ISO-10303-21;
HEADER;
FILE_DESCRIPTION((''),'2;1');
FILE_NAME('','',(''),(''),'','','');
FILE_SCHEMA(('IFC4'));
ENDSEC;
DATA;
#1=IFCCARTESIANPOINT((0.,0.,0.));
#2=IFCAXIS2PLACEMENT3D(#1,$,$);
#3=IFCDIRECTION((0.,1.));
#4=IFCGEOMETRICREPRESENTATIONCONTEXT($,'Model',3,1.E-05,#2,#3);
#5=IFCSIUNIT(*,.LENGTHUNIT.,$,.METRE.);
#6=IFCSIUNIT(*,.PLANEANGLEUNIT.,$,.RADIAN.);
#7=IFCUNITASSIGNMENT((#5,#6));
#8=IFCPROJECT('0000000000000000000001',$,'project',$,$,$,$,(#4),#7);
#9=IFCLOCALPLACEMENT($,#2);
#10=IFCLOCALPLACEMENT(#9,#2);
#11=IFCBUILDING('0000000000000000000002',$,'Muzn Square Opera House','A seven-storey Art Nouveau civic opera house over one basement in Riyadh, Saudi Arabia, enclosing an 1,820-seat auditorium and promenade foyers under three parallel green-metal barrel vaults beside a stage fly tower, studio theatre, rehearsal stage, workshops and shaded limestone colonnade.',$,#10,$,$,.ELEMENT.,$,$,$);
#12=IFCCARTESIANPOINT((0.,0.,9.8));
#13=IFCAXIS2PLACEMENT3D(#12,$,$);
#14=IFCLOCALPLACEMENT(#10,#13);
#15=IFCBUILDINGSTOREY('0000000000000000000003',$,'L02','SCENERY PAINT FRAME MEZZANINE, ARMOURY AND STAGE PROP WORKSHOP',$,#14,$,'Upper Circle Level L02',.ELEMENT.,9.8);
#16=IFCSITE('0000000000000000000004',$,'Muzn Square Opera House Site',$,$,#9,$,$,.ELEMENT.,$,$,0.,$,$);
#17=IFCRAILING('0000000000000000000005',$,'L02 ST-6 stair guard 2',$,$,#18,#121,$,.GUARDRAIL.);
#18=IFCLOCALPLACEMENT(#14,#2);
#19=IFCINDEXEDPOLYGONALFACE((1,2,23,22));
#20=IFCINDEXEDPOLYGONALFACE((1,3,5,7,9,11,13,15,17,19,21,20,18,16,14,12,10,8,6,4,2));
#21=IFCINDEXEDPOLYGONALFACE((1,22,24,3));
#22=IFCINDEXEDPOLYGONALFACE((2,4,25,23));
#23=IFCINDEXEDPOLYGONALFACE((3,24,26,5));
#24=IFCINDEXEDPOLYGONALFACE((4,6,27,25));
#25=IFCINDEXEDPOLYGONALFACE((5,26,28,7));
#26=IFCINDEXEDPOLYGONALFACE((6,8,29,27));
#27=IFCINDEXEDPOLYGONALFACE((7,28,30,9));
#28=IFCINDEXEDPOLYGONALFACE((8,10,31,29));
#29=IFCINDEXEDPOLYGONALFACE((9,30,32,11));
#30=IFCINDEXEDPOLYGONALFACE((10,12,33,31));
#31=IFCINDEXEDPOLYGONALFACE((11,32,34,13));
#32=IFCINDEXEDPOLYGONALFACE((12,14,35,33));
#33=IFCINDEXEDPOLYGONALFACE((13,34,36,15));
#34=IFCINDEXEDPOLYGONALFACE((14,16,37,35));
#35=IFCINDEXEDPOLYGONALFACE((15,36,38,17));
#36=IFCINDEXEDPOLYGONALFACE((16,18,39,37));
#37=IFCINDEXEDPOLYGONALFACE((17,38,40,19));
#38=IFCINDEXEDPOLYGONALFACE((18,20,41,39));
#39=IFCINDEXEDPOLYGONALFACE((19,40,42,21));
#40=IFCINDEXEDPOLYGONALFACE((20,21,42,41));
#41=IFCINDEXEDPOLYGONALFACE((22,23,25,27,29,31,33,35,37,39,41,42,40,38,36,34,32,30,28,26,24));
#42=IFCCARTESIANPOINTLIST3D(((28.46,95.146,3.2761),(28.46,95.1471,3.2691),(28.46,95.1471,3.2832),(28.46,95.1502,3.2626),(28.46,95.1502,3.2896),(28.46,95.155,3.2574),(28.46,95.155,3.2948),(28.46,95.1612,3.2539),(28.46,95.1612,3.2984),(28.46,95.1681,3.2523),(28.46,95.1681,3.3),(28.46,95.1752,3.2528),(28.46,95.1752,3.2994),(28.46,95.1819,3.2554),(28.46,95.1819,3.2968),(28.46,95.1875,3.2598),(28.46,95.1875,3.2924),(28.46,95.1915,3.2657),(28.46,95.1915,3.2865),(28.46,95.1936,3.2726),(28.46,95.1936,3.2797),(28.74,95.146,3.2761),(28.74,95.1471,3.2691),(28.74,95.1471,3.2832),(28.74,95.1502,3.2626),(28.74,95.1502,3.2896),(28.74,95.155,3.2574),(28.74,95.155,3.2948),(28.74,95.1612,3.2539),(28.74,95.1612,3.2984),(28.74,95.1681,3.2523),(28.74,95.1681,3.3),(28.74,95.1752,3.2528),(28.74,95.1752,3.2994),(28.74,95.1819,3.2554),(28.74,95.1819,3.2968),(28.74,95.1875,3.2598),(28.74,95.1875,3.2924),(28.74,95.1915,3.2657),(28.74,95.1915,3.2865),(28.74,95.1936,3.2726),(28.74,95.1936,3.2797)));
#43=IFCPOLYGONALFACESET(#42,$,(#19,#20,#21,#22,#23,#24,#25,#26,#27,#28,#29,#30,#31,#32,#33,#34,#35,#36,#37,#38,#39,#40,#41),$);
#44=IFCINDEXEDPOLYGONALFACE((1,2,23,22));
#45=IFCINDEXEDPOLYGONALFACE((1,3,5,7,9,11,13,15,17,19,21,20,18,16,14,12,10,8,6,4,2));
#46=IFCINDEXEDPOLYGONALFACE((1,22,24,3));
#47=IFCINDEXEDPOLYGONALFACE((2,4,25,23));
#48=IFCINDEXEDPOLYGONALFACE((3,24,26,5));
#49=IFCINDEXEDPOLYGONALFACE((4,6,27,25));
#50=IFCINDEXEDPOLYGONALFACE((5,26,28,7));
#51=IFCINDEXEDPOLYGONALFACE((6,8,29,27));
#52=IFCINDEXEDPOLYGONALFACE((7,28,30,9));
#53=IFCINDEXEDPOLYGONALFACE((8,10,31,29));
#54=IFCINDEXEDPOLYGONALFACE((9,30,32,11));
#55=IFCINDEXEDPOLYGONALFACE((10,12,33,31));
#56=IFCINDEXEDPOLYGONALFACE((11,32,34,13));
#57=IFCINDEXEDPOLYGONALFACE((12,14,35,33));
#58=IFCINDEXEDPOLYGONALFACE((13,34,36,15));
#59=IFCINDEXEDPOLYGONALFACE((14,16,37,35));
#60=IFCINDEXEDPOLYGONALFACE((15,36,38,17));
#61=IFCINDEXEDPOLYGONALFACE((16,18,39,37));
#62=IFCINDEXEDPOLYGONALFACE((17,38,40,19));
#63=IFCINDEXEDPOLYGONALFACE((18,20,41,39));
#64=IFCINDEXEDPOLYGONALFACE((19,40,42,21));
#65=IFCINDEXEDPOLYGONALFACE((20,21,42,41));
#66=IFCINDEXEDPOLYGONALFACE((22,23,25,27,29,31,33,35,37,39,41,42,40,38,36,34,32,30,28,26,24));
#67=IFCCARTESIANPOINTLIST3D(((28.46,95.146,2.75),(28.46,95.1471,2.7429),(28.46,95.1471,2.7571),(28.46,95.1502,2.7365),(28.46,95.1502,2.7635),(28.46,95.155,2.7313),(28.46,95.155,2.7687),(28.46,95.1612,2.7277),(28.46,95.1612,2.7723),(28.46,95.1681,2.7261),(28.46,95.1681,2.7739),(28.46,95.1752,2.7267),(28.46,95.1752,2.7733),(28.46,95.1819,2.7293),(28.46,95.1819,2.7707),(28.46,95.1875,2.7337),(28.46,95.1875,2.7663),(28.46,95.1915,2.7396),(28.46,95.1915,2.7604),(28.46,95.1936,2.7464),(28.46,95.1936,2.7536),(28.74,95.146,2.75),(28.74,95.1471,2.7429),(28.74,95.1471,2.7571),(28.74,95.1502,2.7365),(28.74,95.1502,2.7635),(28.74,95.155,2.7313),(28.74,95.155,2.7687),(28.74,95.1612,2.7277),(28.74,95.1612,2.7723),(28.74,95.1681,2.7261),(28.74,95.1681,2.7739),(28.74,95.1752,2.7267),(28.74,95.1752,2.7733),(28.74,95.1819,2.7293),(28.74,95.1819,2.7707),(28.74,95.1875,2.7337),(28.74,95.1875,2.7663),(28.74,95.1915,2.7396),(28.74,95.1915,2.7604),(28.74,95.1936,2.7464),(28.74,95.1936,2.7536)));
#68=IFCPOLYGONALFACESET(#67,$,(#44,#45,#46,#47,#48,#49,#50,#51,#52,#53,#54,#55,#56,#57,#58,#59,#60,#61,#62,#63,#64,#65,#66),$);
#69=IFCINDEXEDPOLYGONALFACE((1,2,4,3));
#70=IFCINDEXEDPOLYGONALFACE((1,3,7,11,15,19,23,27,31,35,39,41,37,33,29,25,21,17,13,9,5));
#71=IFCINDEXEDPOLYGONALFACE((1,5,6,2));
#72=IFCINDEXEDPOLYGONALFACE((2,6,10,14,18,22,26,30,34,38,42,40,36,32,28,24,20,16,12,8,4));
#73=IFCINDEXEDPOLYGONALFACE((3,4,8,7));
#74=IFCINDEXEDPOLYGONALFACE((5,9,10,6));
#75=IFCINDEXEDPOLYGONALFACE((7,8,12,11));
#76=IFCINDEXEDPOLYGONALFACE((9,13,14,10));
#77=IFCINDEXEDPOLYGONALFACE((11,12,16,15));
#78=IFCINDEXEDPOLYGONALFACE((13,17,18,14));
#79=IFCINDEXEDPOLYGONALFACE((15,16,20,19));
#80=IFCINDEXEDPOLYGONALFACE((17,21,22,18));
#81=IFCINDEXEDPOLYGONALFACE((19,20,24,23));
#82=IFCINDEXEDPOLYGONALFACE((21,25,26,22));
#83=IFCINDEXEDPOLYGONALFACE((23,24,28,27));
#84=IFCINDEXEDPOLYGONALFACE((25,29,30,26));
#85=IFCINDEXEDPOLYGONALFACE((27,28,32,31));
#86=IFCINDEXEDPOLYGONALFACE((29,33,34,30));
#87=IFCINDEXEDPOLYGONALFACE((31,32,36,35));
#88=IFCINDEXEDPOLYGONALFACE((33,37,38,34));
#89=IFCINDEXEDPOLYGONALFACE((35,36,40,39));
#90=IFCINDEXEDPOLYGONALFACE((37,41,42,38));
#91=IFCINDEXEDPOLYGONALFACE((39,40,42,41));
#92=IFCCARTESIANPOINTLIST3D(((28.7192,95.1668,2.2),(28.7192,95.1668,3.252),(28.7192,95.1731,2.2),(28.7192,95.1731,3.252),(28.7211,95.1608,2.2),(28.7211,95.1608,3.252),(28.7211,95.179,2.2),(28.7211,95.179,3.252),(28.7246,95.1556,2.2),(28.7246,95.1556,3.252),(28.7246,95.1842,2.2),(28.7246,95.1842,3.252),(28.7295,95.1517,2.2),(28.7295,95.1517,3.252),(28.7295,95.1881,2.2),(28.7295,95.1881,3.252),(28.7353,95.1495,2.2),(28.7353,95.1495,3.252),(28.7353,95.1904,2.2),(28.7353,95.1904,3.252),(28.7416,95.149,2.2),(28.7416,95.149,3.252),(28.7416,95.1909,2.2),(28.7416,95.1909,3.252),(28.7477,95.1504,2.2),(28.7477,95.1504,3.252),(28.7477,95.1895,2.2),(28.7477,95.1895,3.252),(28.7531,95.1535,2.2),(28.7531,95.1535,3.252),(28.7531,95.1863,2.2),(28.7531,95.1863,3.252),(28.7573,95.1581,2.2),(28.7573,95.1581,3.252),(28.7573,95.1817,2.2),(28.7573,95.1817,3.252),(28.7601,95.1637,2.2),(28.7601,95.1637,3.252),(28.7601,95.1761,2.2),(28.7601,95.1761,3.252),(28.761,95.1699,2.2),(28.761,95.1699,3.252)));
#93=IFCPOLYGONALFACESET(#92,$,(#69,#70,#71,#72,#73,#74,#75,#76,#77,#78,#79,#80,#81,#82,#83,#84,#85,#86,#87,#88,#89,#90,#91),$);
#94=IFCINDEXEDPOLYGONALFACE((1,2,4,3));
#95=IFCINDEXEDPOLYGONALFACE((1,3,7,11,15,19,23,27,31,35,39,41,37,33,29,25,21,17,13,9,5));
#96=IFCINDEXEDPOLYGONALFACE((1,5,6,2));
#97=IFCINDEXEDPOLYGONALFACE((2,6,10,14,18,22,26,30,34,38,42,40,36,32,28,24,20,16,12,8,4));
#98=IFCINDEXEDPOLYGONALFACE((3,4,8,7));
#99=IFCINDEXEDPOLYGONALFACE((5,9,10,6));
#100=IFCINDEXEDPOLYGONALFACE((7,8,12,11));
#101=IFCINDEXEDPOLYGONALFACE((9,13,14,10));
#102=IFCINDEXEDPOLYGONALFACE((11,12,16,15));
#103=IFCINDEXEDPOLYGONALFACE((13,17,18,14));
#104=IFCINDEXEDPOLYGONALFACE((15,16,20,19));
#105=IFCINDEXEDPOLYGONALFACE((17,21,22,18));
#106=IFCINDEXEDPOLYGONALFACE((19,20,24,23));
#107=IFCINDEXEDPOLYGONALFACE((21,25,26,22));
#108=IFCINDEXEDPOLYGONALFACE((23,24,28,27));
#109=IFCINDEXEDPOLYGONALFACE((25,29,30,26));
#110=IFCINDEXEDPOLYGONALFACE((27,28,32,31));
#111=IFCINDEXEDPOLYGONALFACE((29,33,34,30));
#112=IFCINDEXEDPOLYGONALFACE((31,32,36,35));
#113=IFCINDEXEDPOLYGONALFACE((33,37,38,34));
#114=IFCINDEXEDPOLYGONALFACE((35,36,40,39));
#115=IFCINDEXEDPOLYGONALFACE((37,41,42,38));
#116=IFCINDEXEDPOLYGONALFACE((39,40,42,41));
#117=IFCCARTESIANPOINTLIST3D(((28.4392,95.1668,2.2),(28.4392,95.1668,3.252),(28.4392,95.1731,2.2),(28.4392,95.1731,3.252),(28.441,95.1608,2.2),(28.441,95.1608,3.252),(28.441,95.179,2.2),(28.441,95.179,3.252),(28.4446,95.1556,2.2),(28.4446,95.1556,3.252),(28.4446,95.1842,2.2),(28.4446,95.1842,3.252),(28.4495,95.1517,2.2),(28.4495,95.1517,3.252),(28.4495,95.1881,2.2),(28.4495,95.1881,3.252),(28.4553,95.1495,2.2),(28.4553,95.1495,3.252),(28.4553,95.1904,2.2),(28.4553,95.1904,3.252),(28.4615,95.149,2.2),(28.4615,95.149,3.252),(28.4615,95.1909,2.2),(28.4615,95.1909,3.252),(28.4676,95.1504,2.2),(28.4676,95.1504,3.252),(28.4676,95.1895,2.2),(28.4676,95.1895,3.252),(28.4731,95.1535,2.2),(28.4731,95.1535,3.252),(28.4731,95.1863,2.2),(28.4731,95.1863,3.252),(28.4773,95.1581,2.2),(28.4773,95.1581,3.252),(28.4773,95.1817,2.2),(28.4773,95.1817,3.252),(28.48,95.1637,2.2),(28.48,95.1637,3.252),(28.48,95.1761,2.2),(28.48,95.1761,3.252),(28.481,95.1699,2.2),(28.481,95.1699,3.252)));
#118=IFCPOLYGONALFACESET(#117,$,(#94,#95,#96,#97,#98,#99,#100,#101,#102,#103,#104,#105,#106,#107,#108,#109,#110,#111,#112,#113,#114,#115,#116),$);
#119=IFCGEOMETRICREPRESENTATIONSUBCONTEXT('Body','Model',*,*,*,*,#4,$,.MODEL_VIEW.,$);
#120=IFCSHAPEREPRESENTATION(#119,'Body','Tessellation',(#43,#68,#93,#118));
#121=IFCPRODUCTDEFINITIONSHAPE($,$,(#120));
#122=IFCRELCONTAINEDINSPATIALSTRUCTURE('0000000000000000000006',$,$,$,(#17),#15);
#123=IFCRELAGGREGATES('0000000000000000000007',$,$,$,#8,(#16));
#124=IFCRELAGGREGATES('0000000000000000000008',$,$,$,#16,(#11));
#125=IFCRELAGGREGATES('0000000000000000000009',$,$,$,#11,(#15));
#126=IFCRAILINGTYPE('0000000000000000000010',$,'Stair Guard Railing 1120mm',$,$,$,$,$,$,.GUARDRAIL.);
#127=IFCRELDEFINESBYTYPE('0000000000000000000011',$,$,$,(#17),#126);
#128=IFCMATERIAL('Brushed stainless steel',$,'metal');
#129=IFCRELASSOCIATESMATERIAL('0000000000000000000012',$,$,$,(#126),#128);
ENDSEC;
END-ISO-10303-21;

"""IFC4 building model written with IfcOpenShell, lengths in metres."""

from ifc_helpers import new_model, si_unit, direction, frame, origin, origin_2d, place, context, subcontext, project, spatial, circle, extrude, material, type_object, element, save


model = new_model("IFC4")

# Units and contexts
model_context = context("Model", 3, precision=1e-05, world=origin(), true_north=direction((0.0, 1.0)))
body_context = subcontext(model_context, "Body", "Model", "MODEL_VIEW")
ifc_project = project(units=[si_unit("LENGTHUNIT", "METRE"), si_unit("PLANEANGLEUNIT", "RADIAN")], contexts=[model_context])

# Site, building, storey
site_placement = place(None, origin())
site = spatial("IfcSite", under=ifc_project, at=site_placement, Name="Muzn Square Opera House Site", CompositionType="ELEMENT", RefElevation=0.0)
building_placement = place(site_placement, origin())
building = spatial("IfcBuilding", under=site, at=building_placement, Name="Muzn Square Opera House", Description="A seven-storey Art Nouveau civic opera house over one basement in Riyadh, Saudi Arabia, enclosing an 1,820-seat auditorium and promenade foyers under three parallel green-metal barrel vaults beside a stage fly tower, studio theatre, rehearsal stage, workshops and shaded limestone colonnade.", CompositionType="ELEMENT")
storey_placement = place(building_placement, frame((0.0, 0.0, 9.8)))
storey = spatial("IfcBuildingStorey", under=building, at=storey_placement, Name="L02", Description="SCENERY PAINT FRAME MEZZANINE, ARMOURY AND STAGE PROP WORKSHOP", LongName="Upper Circle Level L02", CompositionType="ELEMENT", Elevation=9.8)

# Railing
ifc_material_1 = material(Name="Brushed stainless steel", Category="metal")
railing_type_1 = type_object("IfcRailingType", Name="Stair Guard Railing 1120mm", PredefinedType="GUARDRAIL", material=ifc_material_1)
railing_1_placement = place(storey_placement, frame((28.74, 95.1699, 2.2)))
element("IfcRailing", 1, at=railing_1_placement, inside=storey, type_object=railing_type_1, Name="L02 ST-6 stair guard 2", PredefinedType="GUARDRAIL", context=body_context, shape_type="SweptSolid", body=[
    extrude(circle(Radius=0.0239, at=origin_2d()), frame((0.0, 0.0, 1.0762), z_axis=(-1.0, 0.0, 0.0), x_axis=(0.0, -1.0, 0.0)), (0.0, 0.0, 1.0), 0.28),
    extrude(circle(Radius=0.0239, at=origin_2d()), frame((0.0, 0.0, 0.55), z_axis=(-1.0, 0.0, 0.0), x_axis=(0.0, -1.0, 0.0)), (0.0, 0.0, 1.0), 0.28),
    extrude(circle(Radius=0.021, at=origin_2d()), origin(), (0.0, 0.0, 1.0), 1.052),
    extrude(circle(Radius=0.021, at=origin_2d()), frame((-0.28, 0.0, 0.0)), (0.0, 0.0, 1.0), 1.052),
])

save(model, "model.ifc")
